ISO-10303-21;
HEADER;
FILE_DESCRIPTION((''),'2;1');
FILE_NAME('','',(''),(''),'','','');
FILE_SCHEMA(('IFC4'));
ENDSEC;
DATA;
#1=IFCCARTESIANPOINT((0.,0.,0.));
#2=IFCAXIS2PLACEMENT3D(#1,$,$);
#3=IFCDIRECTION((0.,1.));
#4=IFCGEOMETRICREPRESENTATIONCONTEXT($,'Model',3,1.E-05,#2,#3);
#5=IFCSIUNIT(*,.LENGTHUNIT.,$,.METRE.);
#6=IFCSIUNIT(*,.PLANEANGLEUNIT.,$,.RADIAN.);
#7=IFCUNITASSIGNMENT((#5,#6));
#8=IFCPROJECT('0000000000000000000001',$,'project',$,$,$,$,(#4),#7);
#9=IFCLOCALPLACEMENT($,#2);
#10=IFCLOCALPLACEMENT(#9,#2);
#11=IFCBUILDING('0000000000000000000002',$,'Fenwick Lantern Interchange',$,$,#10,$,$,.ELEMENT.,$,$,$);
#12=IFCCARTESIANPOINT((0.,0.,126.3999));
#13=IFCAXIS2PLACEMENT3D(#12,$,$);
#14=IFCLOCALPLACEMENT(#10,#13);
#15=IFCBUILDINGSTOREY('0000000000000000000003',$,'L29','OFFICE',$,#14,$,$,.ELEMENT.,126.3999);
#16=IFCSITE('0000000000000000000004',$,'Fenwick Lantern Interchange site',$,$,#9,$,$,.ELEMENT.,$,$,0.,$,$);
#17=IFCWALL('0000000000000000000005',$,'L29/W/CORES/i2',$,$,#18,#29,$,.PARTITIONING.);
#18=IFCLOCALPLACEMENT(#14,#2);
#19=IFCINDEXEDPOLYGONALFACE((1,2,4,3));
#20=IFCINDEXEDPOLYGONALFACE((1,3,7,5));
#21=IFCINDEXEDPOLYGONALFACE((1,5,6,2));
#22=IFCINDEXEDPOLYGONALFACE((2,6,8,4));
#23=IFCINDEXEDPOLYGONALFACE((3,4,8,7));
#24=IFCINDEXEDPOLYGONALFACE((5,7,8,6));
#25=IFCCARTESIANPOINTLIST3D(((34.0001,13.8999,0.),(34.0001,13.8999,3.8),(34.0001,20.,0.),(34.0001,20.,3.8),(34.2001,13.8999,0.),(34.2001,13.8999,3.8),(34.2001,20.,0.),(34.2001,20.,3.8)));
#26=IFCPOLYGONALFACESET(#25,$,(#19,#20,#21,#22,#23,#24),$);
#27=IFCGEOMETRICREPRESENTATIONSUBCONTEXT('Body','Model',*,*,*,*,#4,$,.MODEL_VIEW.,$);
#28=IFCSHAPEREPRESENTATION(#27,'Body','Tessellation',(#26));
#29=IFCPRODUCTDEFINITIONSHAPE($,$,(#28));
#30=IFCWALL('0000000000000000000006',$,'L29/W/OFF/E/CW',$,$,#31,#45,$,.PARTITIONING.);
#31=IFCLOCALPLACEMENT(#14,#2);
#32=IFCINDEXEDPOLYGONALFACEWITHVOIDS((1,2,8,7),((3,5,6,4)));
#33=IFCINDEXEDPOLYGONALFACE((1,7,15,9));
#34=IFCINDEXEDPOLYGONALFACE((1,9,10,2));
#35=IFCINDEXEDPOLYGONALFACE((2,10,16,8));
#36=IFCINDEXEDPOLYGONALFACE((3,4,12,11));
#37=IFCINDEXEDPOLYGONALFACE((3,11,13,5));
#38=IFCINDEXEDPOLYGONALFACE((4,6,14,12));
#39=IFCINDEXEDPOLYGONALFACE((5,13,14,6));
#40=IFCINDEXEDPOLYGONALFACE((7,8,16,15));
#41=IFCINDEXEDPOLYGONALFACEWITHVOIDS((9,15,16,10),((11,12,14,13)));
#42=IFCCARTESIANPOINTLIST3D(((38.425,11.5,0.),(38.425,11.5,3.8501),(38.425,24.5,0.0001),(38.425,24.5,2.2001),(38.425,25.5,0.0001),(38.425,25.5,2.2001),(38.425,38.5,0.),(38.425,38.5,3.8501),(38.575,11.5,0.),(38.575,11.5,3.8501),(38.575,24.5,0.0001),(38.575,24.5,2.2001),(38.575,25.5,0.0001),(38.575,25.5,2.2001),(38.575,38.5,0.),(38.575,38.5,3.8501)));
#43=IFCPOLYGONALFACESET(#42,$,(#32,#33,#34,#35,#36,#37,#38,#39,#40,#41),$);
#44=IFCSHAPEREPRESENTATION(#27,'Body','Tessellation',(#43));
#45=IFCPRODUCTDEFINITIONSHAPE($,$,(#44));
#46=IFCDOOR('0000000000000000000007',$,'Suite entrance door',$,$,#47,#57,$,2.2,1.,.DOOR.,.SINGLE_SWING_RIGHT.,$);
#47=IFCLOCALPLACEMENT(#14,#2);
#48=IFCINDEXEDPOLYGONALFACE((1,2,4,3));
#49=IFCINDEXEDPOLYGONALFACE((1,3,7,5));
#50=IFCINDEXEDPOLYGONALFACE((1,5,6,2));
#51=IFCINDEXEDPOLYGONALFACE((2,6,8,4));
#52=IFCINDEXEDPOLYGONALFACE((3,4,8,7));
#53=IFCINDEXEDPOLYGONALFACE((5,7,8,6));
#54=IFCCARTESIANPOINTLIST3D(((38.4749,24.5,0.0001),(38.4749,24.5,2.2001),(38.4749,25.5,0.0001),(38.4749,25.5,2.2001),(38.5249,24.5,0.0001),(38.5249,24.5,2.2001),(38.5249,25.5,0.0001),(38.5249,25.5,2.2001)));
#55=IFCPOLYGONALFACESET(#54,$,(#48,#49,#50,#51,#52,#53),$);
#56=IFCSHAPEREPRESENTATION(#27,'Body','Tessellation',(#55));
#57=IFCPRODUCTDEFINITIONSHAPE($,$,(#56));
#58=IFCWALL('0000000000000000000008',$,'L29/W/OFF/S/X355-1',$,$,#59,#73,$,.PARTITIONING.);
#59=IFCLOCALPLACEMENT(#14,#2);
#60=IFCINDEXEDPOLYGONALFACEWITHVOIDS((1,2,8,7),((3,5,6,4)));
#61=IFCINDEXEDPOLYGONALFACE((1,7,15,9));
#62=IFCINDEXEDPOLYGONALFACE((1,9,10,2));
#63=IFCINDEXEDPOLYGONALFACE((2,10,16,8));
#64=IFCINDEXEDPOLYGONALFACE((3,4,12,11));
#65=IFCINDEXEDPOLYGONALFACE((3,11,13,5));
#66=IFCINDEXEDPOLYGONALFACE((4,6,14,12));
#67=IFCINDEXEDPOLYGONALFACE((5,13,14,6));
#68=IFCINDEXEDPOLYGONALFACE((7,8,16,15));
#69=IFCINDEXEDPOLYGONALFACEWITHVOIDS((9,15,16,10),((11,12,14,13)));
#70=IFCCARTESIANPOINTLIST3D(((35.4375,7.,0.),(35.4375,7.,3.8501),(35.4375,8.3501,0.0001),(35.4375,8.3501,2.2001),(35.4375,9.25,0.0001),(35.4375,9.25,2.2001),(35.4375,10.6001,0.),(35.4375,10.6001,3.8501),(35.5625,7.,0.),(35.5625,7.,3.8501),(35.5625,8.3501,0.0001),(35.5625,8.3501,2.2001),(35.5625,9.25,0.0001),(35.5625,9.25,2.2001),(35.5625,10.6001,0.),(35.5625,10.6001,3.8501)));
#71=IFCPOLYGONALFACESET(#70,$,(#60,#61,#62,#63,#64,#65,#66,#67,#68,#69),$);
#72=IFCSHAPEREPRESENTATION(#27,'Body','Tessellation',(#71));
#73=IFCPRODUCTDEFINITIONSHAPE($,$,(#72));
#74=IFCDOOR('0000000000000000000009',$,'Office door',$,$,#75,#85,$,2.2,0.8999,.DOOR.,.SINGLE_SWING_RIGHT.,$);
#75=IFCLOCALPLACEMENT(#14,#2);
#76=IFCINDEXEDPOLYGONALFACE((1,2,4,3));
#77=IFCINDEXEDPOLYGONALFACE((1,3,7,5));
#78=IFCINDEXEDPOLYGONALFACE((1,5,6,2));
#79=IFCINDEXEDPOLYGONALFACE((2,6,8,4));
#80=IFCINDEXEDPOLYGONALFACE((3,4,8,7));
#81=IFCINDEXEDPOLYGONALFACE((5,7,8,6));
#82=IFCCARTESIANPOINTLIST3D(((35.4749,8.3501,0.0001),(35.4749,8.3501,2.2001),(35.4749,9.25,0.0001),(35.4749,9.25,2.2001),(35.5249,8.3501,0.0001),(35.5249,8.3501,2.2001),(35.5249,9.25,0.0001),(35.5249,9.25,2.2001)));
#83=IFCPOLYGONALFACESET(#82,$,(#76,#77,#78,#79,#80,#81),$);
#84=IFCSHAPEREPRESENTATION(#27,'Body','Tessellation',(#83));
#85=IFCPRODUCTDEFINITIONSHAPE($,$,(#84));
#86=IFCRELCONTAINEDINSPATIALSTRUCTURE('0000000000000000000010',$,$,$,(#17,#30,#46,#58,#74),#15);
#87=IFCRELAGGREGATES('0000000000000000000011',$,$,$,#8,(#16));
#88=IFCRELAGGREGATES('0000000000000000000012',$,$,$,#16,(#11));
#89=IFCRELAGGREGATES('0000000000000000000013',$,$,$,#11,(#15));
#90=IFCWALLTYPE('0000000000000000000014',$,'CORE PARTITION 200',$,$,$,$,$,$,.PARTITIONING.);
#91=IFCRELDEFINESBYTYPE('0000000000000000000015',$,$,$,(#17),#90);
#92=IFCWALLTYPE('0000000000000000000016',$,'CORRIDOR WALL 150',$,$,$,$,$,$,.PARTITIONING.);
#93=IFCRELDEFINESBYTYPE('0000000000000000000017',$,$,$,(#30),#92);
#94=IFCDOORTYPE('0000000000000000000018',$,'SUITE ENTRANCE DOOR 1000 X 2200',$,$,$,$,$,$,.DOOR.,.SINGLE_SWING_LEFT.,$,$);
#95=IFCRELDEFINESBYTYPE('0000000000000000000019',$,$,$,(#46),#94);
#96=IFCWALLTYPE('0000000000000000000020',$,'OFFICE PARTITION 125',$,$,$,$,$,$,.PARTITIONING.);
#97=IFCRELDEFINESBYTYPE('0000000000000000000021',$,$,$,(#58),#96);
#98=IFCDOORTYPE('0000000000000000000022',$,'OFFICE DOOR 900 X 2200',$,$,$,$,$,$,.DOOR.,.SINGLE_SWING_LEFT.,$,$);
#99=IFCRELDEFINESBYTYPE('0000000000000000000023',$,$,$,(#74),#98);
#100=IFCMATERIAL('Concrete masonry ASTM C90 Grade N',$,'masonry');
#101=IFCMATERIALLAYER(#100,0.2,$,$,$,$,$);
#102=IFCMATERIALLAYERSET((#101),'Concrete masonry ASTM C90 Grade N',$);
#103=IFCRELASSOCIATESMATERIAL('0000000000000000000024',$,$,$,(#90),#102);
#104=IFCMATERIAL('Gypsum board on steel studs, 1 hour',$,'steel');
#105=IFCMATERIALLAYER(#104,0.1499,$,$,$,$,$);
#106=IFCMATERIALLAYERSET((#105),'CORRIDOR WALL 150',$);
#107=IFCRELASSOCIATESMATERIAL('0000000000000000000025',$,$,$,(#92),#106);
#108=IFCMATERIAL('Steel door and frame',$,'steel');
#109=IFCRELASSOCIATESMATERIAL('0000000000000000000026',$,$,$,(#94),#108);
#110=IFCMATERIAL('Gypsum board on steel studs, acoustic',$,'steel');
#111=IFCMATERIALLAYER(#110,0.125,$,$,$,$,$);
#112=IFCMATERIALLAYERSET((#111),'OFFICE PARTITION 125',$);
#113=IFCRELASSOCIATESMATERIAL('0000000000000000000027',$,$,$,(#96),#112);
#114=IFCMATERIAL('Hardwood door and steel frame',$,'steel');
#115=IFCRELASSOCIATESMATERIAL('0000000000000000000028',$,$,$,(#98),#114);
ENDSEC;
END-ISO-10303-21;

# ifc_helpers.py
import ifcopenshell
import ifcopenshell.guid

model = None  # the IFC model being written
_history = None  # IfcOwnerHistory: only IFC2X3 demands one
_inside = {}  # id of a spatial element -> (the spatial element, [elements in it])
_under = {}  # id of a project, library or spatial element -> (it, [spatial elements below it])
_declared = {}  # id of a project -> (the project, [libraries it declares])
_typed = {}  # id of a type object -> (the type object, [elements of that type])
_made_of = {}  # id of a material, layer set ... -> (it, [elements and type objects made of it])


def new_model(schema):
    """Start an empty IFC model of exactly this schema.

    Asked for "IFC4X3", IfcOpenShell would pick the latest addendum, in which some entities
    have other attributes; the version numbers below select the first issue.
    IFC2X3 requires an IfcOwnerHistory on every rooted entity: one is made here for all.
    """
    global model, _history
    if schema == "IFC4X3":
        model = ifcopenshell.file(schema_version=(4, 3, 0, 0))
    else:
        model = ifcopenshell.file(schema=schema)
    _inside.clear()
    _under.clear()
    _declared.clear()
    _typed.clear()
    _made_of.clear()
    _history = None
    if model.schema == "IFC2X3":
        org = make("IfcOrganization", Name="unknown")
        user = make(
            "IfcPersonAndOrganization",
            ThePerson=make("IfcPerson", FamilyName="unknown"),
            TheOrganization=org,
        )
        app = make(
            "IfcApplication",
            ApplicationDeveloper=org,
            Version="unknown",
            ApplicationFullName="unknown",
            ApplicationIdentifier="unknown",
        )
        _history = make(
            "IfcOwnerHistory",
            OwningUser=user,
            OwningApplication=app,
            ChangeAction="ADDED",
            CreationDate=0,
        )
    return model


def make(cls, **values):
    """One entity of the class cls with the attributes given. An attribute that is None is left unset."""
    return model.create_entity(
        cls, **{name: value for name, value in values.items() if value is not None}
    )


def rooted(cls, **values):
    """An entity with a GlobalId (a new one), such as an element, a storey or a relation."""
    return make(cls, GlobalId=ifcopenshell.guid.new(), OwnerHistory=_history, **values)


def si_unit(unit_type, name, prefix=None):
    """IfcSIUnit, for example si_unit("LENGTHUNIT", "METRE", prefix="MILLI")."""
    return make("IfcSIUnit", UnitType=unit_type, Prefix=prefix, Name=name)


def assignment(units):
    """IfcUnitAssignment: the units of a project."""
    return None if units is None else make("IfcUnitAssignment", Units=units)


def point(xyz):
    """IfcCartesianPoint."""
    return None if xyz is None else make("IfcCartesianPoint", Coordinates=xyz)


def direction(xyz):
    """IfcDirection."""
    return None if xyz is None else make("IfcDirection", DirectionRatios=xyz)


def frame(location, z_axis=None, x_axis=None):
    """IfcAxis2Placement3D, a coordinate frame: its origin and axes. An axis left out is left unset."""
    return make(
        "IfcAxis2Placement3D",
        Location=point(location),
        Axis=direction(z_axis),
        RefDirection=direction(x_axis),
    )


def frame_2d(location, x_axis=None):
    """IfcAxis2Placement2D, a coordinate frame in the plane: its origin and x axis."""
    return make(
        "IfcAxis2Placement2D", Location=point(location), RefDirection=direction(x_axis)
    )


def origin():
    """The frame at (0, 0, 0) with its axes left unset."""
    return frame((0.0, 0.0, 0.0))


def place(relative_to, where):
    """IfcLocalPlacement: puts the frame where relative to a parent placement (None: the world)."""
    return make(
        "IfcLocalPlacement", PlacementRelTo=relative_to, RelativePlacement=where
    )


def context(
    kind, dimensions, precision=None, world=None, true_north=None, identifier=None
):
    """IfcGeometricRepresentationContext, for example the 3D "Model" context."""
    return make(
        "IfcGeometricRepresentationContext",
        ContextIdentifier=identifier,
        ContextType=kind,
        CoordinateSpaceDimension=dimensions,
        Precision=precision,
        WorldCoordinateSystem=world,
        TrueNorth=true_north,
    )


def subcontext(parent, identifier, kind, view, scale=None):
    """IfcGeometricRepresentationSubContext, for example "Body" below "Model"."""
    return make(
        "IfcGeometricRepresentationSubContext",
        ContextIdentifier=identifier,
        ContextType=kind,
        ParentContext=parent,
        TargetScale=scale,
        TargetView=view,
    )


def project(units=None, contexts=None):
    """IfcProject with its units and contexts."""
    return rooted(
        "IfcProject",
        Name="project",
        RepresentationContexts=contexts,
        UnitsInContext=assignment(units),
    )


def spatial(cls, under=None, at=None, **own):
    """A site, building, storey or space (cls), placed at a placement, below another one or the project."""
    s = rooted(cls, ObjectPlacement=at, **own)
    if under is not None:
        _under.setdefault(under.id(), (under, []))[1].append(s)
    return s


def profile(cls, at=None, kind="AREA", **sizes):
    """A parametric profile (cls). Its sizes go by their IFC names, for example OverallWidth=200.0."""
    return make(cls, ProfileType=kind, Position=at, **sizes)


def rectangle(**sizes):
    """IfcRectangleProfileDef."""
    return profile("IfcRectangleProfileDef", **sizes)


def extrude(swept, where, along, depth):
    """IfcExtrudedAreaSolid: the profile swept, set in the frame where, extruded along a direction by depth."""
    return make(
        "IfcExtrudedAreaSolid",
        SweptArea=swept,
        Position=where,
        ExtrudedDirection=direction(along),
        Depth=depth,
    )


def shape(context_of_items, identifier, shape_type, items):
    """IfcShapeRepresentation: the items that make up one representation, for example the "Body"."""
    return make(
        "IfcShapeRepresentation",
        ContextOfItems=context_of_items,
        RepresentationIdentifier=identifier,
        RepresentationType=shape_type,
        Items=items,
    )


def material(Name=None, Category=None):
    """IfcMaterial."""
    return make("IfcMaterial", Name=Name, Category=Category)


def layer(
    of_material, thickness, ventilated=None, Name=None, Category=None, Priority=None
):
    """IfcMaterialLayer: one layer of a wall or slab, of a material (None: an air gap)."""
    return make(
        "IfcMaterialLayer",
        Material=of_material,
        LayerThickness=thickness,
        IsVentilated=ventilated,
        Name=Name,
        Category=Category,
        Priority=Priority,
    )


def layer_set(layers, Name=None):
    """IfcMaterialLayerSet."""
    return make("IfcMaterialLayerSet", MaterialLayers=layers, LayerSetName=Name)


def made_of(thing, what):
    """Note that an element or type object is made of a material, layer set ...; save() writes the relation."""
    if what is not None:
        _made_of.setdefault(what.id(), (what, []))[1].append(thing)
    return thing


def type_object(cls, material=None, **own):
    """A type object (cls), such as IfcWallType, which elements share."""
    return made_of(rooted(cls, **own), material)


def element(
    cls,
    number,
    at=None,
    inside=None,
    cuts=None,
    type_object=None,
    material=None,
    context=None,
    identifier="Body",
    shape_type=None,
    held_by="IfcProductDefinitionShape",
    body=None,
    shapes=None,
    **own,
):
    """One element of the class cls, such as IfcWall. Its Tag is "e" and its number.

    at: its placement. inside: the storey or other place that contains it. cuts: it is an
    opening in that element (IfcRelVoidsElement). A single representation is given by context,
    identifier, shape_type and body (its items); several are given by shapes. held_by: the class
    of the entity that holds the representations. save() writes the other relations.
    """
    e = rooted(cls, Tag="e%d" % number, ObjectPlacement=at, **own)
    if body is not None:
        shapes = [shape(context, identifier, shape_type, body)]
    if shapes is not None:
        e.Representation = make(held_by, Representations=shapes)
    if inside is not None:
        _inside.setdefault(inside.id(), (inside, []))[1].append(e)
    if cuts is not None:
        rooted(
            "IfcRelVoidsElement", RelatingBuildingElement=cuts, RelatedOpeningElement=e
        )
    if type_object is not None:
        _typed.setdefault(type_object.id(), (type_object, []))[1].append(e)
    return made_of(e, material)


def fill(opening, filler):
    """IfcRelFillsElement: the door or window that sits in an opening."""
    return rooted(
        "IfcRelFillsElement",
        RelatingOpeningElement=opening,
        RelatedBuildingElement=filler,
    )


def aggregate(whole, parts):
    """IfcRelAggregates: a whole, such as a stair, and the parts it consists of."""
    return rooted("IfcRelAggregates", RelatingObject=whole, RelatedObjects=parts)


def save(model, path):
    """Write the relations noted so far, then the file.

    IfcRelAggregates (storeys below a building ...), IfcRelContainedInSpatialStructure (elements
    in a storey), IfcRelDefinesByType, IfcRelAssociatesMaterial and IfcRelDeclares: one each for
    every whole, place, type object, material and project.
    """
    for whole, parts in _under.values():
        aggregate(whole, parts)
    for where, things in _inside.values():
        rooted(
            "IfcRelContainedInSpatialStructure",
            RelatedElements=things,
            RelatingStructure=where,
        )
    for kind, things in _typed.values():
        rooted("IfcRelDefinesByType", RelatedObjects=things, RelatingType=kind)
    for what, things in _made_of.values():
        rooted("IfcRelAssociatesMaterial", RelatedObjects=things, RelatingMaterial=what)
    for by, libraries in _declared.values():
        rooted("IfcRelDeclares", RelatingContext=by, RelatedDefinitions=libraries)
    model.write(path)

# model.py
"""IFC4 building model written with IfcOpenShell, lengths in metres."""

from ifc_helpers import new_model, si_unit, direction, frame, frame_2d, origin, place, context, subcontext, project, spatial, rectangle, extrude, material, layer, layer_set, type_object, element, fill, save


model = new_model("IFC4")

# Units and contexts
model_context = context("Model", 3, precision=1e-05, world=origin(), true_north=direction((0.0, 1.0)))
body_context = subcontext(model_context, "Body", "Model", "MODEL_VIEW")
ifc_project = project(units=[si_unit("LENGTHUNIT", "METRE"), si_unit("PLANEANGLEUNIT", "RADIAN")], contexts=[model_context])

# Site, building, storey
site_placement = place(None, origin())
site = spatial("IfcSite", under=ifc_project, at=site_placement, Name="Fenwick Lantern Interchange site", CompositionType="ELEMENT", RefElevation=0.0)
building_placement = place(site_placement, origin())
building = spatial("IfcBuilding", under=site, at=building_placement, Name="Fenwick Lantern Interchange", CompositionType="ELEMENT")
storey_placement = place(building_placement, frame((0.0, 0.0, 126.3999)))
storey = spatial("IfcBuildingStorey", under=building, at=storey_placement, Name="L29", Description="OFFICE", CompositionType="ELEMENT", Elevation=126.3999)

# Wall
ifc_material_1 = material(Name="Concrete masonry ASTM C90 Grade N", Category="masonry")
ifc_layer_1 = layer(ifc_material_1, 0.2)
ifc_layer_set_1 = layer_set([ifc_layer_1], Name="Concrete masonry ASTM C90 Grade N")
wall_type_1 = type_object("IfcWallType", Name="CORE PARTITION 200", PredefinedType="PARTITIONING", material=ifc_layer_set_1)
wall_1_placement = place(storey_placement, frame((34.1001, 13.8999, 0.0), z_axis=(0.0, 0.0, 1.0), x_axis=(0.0, 1.0, 0.0)))
element("IfcWall", 1, at=wall_1_placement, inside=storey, type_object=wall_type_1, Name="L29/W/CORES/i2", PredefinedType="PARTITIONING", context=body_context, shape_type="SweptSolid", body=[
    extrude(rectangle(XDim=6.1001, YDim=0.2, at=frame_2d((3.05, 0.0))), origin(), (0.0, 0.0, 1.0), 3.8),
])

# Shared definitions
ifc_material_2 = material(Name="Steel door and frame", Category="steel")
ifc_material_3 = material(Name="Hardwood door and steel frame", Category="steel")

# Walls, openings, doors
ifc_material_4 = material(Name="Gypsum board on steel studs, 1 hour", Category="steel")
ifc_layer_2 = layer(ifc_material_4, 0.1499)
ifc_layer_set_2 = layer_set([ifc_layer_2], Name="CORRIDOR WALL 150")
wall_type_2 = type_object("IfcWallType", Name="CORRIDOR WALL 150", PredefinedType="PARTITIONING", material=ifc_layer_set_2)
wall_2_placement = place(storey_placement, frame((38.5, 11.5, 0.0), z_axis=(0.0, 0.0, 1.0), x_axis=(0.0, 1.0, 0.0)))
wall_2 = element("IfcWall", 2, at=wall_2_placement, inside=storey, type_object=wall_type_2, Name="L29/W/OFF/E/CW", PredefinedType="PARTITIONING", context=body_context, shape_type="SweptSolid", body=[
    extrude(rectangle(XDim=27.0, YDim=0.1499, at=frame_2d((13.5, 0.0))), origin(), (0.0, 0.0, 1.0), 3.8501),
])
opening_1_placement = place(wall_2_placement, frame((13.0, 0.0, 0.0)))
opening_1 = element("IfcOpeningElement", 3, at=opening_1_placement, cuts=wall_2, PredefinedType="OPENING", context=body_context, shape_type="SweptSolid", body=[
    extrude(rectangle(XDim=1.0, YDim=2.2, at=frame_2d((0.5, 1.1001))), frame((0.0, 0.085, 0.0), z_axis=(0.0, -1.0, 0.0), x_axis=(1.0, 0.0, 0.0)), (0.0, 0.0, 1.0), 0.1699),
])
door_type_1 = type_object("IfcDoorType", Name="SUITE ENTRANCE DOOR 1000 X 2200", OperationType="SINGLE_SWING_LEFT", PredefinedType="DOOR", material=ifc_material_2)
door_1_placement = place(opening_1_placement, frame((1.0, 0.0, 0.0), z_axis=(0.0, 0.0, 1.0), x_axis=(-1.0, 0.0, 0.0)))
door_1 = element("IfcDoor", 4, at=door_1_placement, inside=storey, type_object=door_type_1, Name="Suite entrance door", OperationType="SINGLE_SWING_RIGHT", OverallHeight=2.2, OverallWidth=1.0, PredefinedType="DOOR", context=body_context, shape_type="SweptSolid", body=[
    extrude(rectangle(XDim=1.0, YDim=2.2, at=frame_2d((0.5, 1.1001))), frame((0.0, 0.0249, 0.0), z_axis=(0.0, -1.0, 0.0), x_axis=(1.0, 0.0, 0.0)), (0.0, 0.0, 1.0), 0.05),
])
fill(opening_1, door_1)
ifc_material_5 = material(Name="Gypsum board on steel studs, acoustic", Category="steel")
ifc_layer_3 = layer(ifc_material_5, 0.125)
ifc_layer_set_3 = layer_set([ifc_layer_3], Name="OFFICE PARTITION 125")
wall_type_3 = type_object("IfcWallType", Name="OFFICE PARTITION 125", PredefinedType="PARTITIONING", material=ifc_layer_set_3)
wall_3_placement = place(storey_placement, frame((35.5, 7.0, 0.0), z_axis=(0.0, 0.0, 1.0), x_axis=(0.0, 1.0, 0.0)))
wall_3 = element("IfcWall", 5, at=wall_3_placement, inside=storey, type_object=wall_type_3, Name="L29/W/OFF/S/X355-1", PredefinedType="PARTITIONING", context=body_context, shape_type="SweptSolid", body=[
    extrude(rectangle(XDim=3.6001, YDim=0.125, at=frame_2d((1.8, 0.0))), origin(), (0.0, 0.0, 1.0), 3.8501),
])
opening_2_placement = place(wall_3_placement, frame((1.3501, 0.0, 0.0)))
opening_2 = element("IfcOpeningElement", 6, at=opening_2_placement, cuts=wall_3, PredefinedType="OPENING", context=body_context, shape_type="SweptSolid", body=[
    extrude(rectangle(XDim=0.8999, YDim=2.2, at=frame_2d((0.45, 1.1001))), frame((0.0, 0.0725, 0.0), z_axis=(0.0, -1.0, 0.0), x_axis=(1.0, 0.0, 0.0)), (0.0, 0.0, 1.0), 0.145),
])
door_type_2 = type_object("IfcDoorType", Name="OFFICE DOOR 900 X 2200", OperationType="SINGLE_SWING_LEFT", PredefinedType="DOOR", material=ifc_material_3)
door_2_placement = place(opening_2_placement, frame((0.8999, 0.0, 0.0), z_axis=(0.0, 0.0, 1.0), x_axis=(-1.0, 0.0, 0.0)))
door_2 = element("IfcDoor", 7, at=door_2_placement, inside=storey, type_object=door_type_2, Name="Office door", OperationType="SINGLE_SWING_RIGHT", OverallHeight=2.2, OverallWidth=0.8999, PredefinedType="DOOR", context=body_context, shape_type="SweptSolid", body=[
    extrude(rectangle(XDim=0.8999, YDim=2.2, at=frame_2d((0.45, 1.1001))), frame((0.0, 0.0249, 0.0), z_axis=(0.0, -1.0, 0.0), x_axis=(1.0, 0.0, 0.0)), (0.0, 0.0, 1.0), 0.05),
])
fill(opening_2, door_2)

save(model, "model.ifc")
